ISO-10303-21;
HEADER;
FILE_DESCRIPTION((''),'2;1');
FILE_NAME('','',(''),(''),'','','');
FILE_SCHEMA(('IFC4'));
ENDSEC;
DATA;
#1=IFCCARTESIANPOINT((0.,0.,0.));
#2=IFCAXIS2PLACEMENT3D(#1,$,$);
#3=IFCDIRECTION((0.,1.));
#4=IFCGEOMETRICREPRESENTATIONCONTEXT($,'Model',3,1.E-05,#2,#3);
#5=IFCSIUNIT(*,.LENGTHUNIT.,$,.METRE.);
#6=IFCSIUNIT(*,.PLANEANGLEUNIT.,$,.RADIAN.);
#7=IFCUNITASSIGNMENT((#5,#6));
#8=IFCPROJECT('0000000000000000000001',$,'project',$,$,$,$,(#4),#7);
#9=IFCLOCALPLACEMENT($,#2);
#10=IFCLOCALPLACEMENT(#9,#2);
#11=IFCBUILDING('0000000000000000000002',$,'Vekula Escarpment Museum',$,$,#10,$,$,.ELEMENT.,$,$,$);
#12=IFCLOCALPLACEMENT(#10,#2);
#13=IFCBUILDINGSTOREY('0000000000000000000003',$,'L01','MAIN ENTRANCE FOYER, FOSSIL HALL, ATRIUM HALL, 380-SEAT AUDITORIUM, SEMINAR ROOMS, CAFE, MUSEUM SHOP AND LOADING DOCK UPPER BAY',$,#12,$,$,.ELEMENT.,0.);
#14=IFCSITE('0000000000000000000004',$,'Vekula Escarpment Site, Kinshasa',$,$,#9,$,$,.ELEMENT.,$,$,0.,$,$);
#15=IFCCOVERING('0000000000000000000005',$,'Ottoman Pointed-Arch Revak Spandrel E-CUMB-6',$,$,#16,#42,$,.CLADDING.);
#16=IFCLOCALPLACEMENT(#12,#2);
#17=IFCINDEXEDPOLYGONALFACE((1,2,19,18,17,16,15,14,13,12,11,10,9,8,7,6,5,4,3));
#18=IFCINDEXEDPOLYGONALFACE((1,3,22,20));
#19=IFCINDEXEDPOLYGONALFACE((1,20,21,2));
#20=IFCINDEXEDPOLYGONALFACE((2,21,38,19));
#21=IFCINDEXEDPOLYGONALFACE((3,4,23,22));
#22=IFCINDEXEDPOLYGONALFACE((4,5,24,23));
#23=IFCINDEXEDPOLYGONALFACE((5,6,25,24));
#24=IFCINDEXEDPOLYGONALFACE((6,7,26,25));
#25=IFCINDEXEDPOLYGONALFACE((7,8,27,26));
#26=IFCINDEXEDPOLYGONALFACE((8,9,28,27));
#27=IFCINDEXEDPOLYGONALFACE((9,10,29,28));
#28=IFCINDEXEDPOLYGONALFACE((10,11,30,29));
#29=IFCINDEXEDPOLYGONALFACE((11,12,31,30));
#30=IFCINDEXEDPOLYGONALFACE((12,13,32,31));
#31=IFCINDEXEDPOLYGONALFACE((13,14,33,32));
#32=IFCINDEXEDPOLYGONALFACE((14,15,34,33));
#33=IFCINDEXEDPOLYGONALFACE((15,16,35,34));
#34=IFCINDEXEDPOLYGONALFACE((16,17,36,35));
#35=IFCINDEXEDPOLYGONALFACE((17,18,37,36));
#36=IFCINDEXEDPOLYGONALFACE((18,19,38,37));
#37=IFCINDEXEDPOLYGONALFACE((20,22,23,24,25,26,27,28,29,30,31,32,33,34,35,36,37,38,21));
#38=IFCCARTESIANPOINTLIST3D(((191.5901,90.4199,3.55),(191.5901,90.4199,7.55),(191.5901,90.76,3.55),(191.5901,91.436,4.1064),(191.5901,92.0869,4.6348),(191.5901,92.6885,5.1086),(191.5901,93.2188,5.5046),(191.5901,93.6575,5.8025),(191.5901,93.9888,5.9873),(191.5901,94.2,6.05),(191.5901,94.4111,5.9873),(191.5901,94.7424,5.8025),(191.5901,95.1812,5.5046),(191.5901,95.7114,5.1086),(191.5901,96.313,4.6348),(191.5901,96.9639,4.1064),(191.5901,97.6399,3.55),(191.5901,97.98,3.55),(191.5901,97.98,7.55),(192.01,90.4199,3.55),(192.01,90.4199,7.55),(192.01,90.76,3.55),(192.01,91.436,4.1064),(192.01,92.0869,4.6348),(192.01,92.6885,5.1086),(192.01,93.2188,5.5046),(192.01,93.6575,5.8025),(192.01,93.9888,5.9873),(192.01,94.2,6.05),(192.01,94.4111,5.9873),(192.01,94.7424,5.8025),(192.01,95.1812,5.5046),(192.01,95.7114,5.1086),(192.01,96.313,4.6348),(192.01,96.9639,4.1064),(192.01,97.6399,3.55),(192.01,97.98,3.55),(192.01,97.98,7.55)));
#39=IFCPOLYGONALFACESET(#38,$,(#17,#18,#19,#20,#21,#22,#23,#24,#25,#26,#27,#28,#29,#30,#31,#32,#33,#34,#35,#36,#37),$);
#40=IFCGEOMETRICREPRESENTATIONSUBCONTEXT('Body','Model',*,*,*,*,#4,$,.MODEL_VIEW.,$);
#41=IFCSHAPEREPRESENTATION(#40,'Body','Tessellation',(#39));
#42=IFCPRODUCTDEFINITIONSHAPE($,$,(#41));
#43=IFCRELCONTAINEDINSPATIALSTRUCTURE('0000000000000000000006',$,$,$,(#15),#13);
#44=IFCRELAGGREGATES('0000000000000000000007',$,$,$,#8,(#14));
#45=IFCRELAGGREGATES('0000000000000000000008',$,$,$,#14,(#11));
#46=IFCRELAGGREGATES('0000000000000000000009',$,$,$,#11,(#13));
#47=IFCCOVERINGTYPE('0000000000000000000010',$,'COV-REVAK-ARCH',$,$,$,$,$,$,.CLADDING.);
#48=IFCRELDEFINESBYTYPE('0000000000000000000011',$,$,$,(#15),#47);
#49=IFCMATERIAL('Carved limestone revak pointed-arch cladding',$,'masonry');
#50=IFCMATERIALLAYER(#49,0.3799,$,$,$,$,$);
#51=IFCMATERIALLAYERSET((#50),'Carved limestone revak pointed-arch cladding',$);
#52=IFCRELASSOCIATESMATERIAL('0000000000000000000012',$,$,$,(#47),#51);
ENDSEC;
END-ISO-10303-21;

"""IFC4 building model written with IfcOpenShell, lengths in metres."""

from ifc_helpers import new_model, si_unit, direction, frame, origin, place, context, subcontext, project, spatial, polyline, outline, extrude, material, layer, layer_set, type_object, element, save


model = new_model("IFC4")

# Units and contexts
model_context = context("Model", 3, precision=1e-05, world=origin(), true_north=direction((0.0, 1.0)))
body_context = subcontext(model_context, "Body", "Model", "MODEL_VIEW")
ifc_project = project(units=[si_unit("LENGTHUNIT", "METRE"), si_unit("PLANEANGLEUNIT", "RADIAN")], contexts=[model_context])

# Site, building, storey
site_placement = place(None, origin())
site = spatial("IfcSite", under=ifc_project, at=site_placement, Name="Vekula Escarpment Site, Kinshasa", CompositionType="ELEMENT", RefElevation=0.0)
building_placement = place(site_placement, origin())
building = spatial("IfcBuilding", under=site, at=building_placement, Name="Vekula Escarpment Museum", CompositionType="ELEMENT")
storey_placement = place(building_placement, origin())
storey = spatial("IfcBuildingStorey", under=building, at=storey_placement, Name="L01", Description="MAIN ENTRANCE FOYER, FOSSIL HALL, ATRIUM HALL, 380-SEAT AUDITORIUM, SEMINAR ROOMS, CAFE, MUSEUM SHOP AND LOADING DOCK UPPER BAY", CompositionType="ELEMENT", Elevation=0.0)

# Covering
ifc_material_1 = material(Name="Carved limestone revak pointed-arch cladding", Category="masonry")
ifc_layer = layer(ifc_material_1, 0.3799)
ifc_layer_set = layer_set([ifc_layer], Name="Carved limestone revak pointed-arch cladding")
covering_type = type_object("IfcCoveringType", Name="COV-REVAK-ARCH", PredefinedType="CLADDING", material=ifc_layer_set)
covering_1_placement = place(storey_placement, frame((191.5901, 94.2, 3.55), z_axis=(1.0, 0.0, 0.0), x_axis=(0.0, 1.0, 0.0)))
element("IfcCovering", 1, at=covering_1_placement, inside=storey, type_object=covering_type, Name="Ottoman Pointed-Arch Revak Spandrel E-CUMB-6", PredefinedType="CLADDING", context=body_context, shape_type="SweptSolid", body=[
    extrude(outline(polyline([(-3.78, 4.0), (3.78, 4.0), (3.78, 0.0), (3.4399, 0.0), (2.7639, 0.5564), (2.113, 1.0847), (1.5115, 1.5586), (0.9812, 1.9546), (0.5425, 2.2524), (0.2112, 2.4373), (0.0, 2.5), (-0.2112, 2.4373), (-0.5425, 2.2524), (-0.9812, 1.9546), (-1.5115, 1.5586), (-2.113, 1.0847), (-2.7639, 0.5564), (-3.4399, 0.0), (-3.78, 0.0), (-3.78, 4.0)])), origin(), (0.0, 0.0, 1.0), 0.4199),
])

save(model, "model.ifc")
